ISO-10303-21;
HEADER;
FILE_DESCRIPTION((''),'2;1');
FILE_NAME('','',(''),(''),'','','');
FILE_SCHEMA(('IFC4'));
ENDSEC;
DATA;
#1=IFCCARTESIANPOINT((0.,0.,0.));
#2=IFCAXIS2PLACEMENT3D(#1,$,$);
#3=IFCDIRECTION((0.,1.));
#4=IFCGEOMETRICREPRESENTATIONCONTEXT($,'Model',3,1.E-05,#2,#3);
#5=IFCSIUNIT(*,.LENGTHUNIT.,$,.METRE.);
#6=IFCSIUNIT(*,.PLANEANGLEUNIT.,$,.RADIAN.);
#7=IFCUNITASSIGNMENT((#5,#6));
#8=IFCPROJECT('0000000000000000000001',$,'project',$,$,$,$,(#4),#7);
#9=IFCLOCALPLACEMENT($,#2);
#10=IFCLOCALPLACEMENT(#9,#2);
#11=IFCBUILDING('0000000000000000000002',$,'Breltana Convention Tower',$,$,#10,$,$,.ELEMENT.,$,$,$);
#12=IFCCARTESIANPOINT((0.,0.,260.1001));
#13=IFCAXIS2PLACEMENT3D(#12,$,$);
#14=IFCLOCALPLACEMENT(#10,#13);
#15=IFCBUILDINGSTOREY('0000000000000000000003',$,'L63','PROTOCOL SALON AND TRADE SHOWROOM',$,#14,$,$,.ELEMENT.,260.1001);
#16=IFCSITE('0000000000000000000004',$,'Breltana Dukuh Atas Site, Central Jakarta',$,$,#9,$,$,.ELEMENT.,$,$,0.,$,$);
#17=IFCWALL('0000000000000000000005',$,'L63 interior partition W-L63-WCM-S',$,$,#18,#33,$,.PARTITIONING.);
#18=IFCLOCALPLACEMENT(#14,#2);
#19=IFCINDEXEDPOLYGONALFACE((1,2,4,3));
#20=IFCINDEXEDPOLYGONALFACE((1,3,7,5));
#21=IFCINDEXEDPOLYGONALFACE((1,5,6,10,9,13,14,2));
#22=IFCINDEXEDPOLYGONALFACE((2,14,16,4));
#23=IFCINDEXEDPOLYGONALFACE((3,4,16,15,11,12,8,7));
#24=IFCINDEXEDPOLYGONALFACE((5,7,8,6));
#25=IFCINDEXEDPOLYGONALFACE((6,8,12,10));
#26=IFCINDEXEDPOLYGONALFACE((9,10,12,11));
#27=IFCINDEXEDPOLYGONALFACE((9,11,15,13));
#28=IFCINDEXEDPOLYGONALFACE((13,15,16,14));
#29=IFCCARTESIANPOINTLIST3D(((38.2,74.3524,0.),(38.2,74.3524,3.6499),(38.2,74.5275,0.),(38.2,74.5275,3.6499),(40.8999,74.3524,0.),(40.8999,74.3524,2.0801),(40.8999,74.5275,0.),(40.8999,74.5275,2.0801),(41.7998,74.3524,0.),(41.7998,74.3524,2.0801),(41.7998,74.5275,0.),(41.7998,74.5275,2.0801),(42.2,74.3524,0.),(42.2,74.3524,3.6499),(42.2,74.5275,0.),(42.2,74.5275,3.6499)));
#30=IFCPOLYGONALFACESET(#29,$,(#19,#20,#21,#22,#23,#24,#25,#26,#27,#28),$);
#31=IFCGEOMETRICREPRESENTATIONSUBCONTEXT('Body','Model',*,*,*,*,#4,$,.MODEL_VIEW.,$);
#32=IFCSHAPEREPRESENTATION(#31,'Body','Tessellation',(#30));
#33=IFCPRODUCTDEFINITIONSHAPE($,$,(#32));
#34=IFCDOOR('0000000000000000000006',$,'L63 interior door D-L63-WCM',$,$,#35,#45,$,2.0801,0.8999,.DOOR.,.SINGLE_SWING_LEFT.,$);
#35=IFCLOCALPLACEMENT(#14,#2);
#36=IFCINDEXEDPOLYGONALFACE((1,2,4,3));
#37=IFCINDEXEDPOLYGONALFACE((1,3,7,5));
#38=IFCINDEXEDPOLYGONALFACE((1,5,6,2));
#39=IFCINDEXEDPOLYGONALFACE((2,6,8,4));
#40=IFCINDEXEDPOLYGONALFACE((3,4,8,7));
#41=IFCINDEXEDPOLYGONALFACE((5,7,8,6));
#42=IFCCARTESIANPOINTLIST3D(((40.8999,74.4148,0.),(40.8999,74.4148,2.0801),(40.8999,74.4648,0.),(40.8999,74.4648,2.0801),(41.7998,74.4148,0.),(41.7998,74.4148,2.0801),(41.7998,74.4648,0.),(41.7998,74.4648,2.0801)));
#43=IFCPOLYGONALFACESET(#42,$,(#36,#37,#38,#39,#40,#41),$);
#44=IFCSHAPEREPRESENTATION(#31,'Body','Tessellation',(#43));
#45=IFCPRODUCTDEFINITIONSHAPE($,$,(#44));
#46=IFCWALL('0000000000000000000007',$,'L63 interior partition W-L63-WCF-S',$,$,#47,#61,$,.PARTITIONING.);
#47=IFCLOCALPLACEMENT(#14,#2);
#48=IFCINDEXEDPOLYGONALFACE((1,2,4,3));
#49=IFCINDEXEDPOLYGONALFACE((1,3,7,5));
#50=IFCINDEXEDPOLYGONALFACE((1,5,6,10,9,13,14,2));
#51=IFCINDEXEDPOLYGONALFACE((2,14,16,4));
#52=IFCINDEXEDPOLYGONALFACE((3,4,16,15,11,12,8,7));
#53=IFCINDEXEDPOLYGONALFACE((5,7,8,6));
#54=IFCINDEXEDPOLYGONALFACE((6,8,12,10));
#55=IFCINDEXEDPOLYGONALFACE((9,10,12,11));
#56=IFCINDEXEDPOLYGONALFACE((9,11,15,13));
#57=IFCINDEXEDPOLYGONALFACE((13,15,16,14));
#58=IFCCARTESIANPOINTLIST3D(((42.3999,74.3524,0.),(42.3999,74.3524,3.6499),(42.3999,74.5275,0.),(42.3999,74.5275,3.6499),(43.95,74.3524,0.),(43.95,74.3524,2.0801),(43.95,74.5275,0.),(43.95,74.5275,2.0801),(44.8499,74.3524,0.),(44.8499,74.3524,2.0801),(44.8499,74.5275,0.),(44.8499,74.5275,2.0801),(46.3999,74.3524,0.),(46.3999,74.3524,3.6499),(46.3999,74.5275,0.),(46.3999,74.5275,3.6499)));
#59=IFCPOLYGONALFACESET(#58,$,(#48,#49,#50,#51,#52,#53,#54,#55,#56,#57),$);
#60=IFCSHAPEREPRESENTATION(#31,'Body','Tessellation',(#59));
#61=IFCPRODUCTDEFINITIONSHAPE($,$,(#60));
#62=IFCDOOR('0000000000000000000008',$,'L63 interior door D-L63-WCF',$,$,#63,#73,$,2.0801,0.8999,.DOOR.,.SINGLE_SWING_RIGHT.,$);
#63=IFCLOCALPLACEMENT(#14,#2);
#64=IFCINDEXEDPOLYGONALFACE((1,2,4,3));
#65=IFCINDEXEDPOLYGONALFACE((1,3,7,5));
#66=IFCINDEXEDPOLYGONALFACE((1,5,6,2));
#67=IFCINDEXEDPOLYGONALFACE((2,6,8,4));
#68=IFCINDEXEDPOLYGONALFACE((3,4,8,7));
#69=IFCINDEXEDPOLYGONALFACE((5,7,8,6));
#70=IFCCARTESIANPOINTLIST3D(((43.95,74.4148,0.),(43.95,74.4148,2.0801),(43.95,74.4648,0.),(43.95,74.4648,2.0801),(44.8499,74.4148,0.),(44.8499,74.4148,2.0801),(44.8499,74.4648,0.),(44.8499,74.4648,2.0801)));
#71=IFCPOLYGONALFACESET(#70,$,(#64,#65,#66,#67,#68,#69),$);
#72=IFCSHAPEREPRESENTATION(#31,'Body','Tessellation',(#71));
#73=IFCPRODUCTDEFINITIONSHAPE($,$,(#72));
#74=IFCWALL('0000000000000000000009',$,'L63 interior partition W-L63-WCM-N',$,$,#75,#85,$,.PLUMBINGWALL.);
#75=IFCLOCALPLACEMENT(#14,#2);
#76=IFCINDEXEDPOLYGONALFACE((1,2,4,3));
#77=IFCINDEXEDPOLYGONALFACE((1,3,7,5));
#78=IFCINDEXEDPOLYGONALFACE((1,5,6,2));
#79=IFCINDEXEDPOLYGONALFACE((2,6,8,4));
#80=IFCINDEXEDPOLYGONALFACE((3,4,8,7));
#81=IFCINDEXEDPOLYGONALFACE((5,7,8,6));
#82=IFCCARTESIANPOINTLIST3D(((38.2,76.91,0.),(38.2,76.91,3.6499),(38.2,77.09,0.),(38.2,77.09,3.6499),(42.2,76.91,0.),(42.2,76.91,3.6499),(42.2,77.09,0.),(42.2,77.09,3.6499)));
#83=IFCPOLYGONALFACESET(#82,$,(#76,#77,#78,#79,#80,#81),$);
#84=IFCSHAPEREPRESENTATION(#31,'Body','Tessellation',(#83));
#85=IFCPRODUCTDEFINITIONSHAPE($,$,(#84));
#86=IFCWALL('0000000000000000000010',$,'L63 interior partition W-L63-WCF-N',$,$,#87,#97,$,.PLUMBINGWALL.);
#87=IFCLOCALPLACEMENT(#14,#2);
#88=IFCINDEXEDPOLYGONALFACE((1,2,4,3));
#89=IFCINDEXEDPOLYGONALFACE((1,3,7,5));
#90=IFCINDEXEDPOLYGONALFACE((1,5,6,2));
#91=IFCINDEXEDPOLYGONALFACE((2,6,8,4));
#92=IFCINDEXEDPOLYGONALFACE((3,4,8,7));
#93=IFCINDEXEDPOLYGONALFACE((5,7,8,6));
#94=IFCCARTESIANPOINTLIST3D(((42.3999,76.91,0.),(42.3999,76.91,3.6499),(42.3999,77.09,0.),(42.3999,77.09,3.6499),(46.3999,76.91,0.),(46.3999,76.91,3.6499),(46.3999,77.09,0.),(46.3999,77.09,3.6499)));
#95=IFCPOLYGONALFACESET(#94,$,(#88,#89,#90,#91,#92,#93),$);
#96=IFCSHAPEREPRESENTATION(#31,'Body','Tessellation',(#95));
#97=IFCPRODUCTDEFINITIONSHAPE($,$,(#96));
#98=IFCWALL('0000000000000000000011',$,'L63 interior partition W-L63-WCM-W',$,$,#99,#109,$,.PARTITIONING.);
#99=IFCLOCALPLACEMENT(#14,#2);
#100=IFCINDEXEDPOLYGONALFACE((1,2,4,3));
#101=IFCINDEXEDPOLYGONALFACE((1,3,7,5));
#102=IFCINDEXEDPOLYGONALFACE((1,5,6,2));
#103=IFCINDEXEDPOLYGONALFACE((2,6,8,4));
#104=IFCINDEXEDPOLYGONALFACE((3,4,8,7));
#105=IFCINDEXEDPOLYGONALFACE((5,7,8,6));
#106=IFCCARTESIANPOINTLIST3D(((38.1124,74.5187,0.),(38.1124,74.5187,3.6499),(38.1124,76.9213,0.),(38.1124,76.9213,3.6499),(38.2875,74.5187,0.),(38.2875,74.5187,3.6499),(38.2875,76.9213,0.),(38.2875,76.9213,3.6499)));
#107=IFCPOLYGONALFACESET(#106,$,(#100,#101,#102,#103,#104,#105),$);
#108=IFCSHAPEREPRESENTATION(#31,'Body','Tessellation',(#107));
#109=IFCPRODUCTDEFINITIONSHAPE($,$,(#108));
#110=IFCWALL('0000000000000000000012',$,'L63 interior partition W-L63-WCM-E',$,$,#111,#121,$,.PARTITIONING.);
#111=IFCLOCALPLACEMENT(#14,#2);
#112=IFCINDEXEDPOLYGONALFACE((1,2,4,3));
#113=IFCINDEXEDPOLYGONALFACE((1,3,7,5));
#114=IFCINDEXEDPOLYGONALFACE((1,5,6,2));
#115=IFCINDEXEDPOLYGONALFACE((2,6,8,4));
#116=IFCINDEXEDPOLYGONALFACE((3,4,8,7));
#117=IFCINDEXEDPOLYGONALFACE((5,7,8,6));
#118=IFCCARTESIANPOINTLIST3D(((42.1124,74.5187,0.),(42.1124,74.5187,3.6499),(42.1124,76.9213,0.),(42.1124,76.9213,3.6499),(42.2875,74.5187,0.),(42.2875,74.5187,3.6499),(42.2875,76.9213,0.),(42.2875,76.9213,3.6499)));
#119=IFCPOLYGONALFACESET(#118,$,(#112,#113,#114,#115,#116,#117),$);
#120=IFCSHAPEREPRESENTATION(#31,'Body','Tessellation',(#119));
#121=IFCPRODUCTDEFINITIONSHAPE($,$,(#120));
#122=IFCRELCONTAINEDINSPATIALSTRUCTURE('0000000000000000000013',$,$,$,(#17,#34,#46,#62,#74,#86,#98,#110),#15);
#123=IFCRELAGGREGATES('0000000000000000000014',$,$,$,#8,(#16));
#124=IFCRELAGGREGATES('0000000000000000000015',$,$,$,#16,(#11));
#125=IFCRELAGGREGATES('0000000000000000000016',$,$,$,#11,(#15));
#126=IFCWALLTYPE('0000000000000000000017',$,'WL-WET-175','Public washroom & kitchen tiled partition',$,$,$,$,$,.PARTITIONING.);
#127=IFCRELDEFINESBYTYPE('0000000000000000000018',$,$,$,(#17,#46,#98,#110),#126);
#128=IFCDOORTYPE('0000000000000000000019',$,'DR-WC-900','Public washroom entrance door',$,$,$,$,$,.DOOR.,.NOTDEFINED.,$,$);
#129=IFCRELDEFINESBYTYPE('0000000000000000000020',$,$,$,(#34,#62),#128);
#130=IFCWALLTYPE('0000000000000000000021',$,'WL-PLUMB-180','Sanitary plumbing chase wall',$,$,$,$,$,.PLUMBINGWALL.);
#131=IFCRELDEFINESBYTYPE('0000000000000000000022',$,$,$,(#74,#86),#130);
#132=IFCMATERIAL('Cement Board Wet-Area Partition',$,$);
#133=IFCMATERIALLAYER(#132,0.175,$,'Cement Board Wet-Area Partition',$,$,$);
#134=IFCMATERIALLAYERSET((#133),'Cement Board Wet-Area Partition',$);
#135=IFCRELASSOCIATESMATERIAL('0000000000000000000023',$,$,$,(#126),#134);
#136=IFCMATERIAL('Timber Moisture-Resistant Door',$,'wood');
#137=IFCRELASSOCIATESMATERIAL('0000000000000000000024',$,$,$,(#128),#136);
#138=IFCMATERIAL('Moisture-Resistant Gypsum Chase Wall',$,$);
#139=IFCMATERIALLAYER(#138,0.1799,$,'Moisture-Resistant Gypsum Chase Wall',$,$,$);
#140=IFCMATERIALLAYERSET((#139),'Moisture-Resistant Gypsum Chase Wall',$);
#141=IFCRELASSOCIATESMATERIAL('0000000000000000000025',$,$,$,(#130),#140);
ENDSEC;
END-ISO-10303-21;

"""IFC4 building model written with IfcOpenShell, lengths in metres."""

from ifc_helpers import new_model, si_unit, direction, frame, frame_2d, origin, place, context, subcontext, project, spatial, rectangle, extrude, source, transform, mapped, material, layer, layer_set, type_object, type_shapes, element, fill, save


model = new_model("IFC4")

# Units and contexts
model_context = context("Model", 3, precision=1e-05, world=origin(), true_north=direction((0.0, 1.0)))
body_context = subcontext(model_context, "Body", "Model", "MODEL_VIEW")
ifc_project = project(units=[si_unit("LENGTHUNIT", "METRE"), si_unit("PLANEANGLEUNIT", "RADIAN")], contexts=[model_context])

# Site, building, storey
site_placement = place(None, origin())
site = spatial("IfcSite", under=ifc_project, at=site_placement, Name="Breltana Dukuh Atas Site, Central Jakarta", CompositionType="ELEMENT", RefElevation=0.0)
building_placement = place(site_placement, origin())
building = spatial("IfcBuilding", under=site, at=building_placement, Name="Breltana Convention Tower", CompositionType="ELEMENT")
storey_placement = place(building_placement, frame((0.0, 0.0, 260.1001)))
storey = spatial("IfcBuildingStorey", under=building, at=storey_placement, Name="L63", Description="PROTOCOL SALON AND TRADE SHOWROOM", CompositionType="ELEMENT", Elevation=260.1001)

# Walls, openings, doors
ifc_material_1 = material(Name="Cement Board Wet-Area Partition")
ifc_layer_1 = layer(ifc_material_1, 0.175, Name="Cement Board Wet-Area Partition")
ifc_layer_set_1 = layer_set([ifc_layer_1], Name="Cement Board Wet-Area Partition")
wall_type_1 = type_object("IfcWallType", Name="WL-WET-175", Description="Public washroom & kitchen tiled partition", PredefinedType="PARTITIONING", material=ifc_layer_set_1)
shared_shape_1 = source(origin(), body_context, "Body", "SweptSolid", [
    extrude(rectangle(XDim=4.0, YDim=0.175, at=frame_2d((2.0, 0.0))), origin(), (0.0, 0.0, 1.0), 3.6499),
])
wall_1_placement = place(storey_placement, frame((38.2, 74.4399, 0.0), z_axis=(0.0, 0.0, 1.0), x_axis=(1.0, 0.0, 0.0)))
wall_1 = element("IfcWall", 1, at=wall_1_placement, inside=storey, type_object=wall_type_1, Name="L63 interior partition W-L63-WCM-S", PredefinedType="PARTITIONING", context=body_context, shape_type="MappedRepresentation", body=[
    mapped(shared_shape_1, transform((0.0, 0.0, 0.0), scale=1.0)),
])
opening_1_placement = place(wall_1_placement, frame((2.7, 0.0, 0.0)))
opening_1 = element("IfcOpeningElement", 2, at=opening_1_placement, cuts=wall_1, PredefinedType="OPENING", context=body_context, shape_type="SweptSolid", body=[
    extrude(rectangle(XDim=0.8999, YDim=2.0801, at=frame_2d((0.45, 1.04))), frame((0.0, 0.0977, 0.0), z_axis=(0.0, -1.0, 0.0), x_axis=(1.0, 0.0, 0.0)), (0.0, 0.0, 1.0), 0.1951),
])
ifc_material_2 = material(Name="Timber Moisture-Resistant Door", Category="wood")
door_type_1 = type_object("IfcDoorType", Name="DR-WC-900", Description="Public washroom entrance door", OperationType="NOTDEFINED", PredefinedType="DOOR", material=ifc_material_2)
shared_shape_2 = source(origin(), body_context, "Body", "SweptSolid", [
    extrude(rectangle(XDim=0.8999, YDim=2.0801, at=frame_2d((0.45, 1.04))), frame((0.0, 0.0249, 0.0), z_axis=(0.0, -1.0, 0.0), x_axis=(1.0, 0.0, 0.0)), (0.0, 0.0, 1.0), 0.05),
])
type_shapes(door_type_1, [shared_shape_2])
door_1_placement = place(opening_1_placement, origin())
door_1 = element("IfcDoor", 3, at=door_1_placement, inside=storey, type_object=door_type_1, Name="L63 interior door D-L63-WCM", OperationType="SINGLE_SWING_LEFT", OverallHeight=2.0801, OverallWidth=0.8999, PredefinedType="DOOR", context=body_context, shape_type="MappedRepresentation", body=[
    mapped(shared_shape_2, transform((0.0, 0.0, 0.0), scale=1.0)),
])
fill(opening_1, door_1)
wall_2_placement = place(storey_placement, frame((42.3999, 74.4399, 0.0), z_axis=(0.0, 0.0, 1.0), x_axis=(1.0, 0.0, 0.0)))
wall_2 = element("IfcWall", 4, at=wall_2_placement, inside=storey, type_object=wall_type_1, Name="L63 interior partition W-L63-WCF-S", PredefinedType="PARTITIONING", context=body_context, shape_type="MappedRepresentation", body=[
    mapped(shared_shape_1, transform((0.0, 0.0, 0.0), scale=1.0)),
])
opening_2_placement = place(wall_2_placement, frame((1.55, 0.0, 0.0)))
opening_2 = element("IfcOpeningElement", 5, at=opening_2_placement, cuts=wall_2, PredefinedType="OPENING", context=body_context, shape_type="SweptSolid", body=[
    extrude(rectangle(XDim=0.8999, YDim=2.0801, at=frame_2d((0.45, 1.04))), frame((0.0, 0.0977, 0.0), z_axis=(0.0, -1.0, 0.0), x_axis=(1.0, 0.0, 0.0)), (0.0, 0.0, 1.0), 0.1951),
])
door_2_placement = place(opening_2_placement, origin())
door_2 = element("IfcDoor", 6, at=door_2_placement, inside=storey, type_object=door_type_1, Name="L63 interior door D-L63-WCF", OperationType="SINGLE_SWING_RIGHT", OverallHeight=2.0801, OverallWidth=0.8999, PredefinedType="DOOR", context=body_context, shape_type="MappedRepresentation", body=[
    mapped(shared_shape_2, transform((0.0, 0.0, 0.0), scale=1.0)),
])
fill(opening_2, door_2)

# Walls
ifc_material_3 = material(Name="Moisture-Resistant Gypsum Chase Wall")
ifc_layer_2 = layer(ifc_material_3, 0.1799, Name="Moisture-Resistant Gypsum Chase Wall")
ifc_layer_set_2 = layer_set([ifc_layer_2], Name="Moisture-Resistant Gypsum Chase Wall")
wall_type_2 = type_object("IfcWallType", Name="WL-PLUMB-180", Description="Sanitary plumbing chase wall", PredefinedType="PLUMBINGWALL", material=ifc_layer_set_2)
shared_shape_3 = source(origin(), body_context, "Body", "SweptSolid", [
    extrude(rectangle(XDim=4.0, YDim=0.1799, at=frame_2d((2.0, 0.0))), origin(), (0.0, 0.0, 1.0), 3.6499),
])
for number, where, z_axis, x_axis, name in (
    (7, (38.2, 77.0, 0.0), (0.0, 0.0, 1.0), (1.0, 0.0, 0.0), "L63 interior partition W-L63-WCM-N"),
    (8, (42.3999, 77.0, 0.0), (0.0, 0.0, 1.0), (1.0, 0.0, 0.0), "L63 interior partition W-L63-WCF-N"),
):
    element("IfcWall", number, at=place(storey_placement, frame(where, z_axis=z_axis, x_axis=x_axis)), inside=storey, type_object=wall_type_2, Name=name, PredefinedType="PLUMBINGWALL", context=body_context, shape_type="MappedRepresentation", body=[
        mapped(shared_shape_3, transform((0.0, 0.0, 0.0), scale=1.0)),
    ])
shared_shape_4 = source(origin(), body_context, "Body", "SweptSolid", [
    extrude(rectangle(XDim=2.4026, YDim=0.175, at=frame_2d((1.2012, 0.0))), origin(), (0.0, 0.0, 1.0), 3.6499),
])
for number, where, z_axis, x_axis, name in (
    (9, (38.2, 74.5188, 0.0), (0.0, 0.0, 1.0), (0.0, 1.0, 0.0), "L63 interior partition W-L63-WCM-W"),
    (10, (42.2, 74.5188, 0.0), (0.0, 0.0, 1.0), (0.0, 1.0, 0.0), "L63 interior partition W-L63-WCM-E"),
):
    element("IfcWall", number, at=place(storey_placement, frame(where, z_axis=z_axis, x_axis=x_axis)), inside=storey, type_object=wall_type_1, Name=name, PredefinedType="PARTITIONING", context=body_context, shape_type="MappedRepresentation", body=[
        mapped(shared_shape_4, transform((0.0, 0.0, 0.0), scale=1.0)),
    ])

save(model, "model.ifc")
